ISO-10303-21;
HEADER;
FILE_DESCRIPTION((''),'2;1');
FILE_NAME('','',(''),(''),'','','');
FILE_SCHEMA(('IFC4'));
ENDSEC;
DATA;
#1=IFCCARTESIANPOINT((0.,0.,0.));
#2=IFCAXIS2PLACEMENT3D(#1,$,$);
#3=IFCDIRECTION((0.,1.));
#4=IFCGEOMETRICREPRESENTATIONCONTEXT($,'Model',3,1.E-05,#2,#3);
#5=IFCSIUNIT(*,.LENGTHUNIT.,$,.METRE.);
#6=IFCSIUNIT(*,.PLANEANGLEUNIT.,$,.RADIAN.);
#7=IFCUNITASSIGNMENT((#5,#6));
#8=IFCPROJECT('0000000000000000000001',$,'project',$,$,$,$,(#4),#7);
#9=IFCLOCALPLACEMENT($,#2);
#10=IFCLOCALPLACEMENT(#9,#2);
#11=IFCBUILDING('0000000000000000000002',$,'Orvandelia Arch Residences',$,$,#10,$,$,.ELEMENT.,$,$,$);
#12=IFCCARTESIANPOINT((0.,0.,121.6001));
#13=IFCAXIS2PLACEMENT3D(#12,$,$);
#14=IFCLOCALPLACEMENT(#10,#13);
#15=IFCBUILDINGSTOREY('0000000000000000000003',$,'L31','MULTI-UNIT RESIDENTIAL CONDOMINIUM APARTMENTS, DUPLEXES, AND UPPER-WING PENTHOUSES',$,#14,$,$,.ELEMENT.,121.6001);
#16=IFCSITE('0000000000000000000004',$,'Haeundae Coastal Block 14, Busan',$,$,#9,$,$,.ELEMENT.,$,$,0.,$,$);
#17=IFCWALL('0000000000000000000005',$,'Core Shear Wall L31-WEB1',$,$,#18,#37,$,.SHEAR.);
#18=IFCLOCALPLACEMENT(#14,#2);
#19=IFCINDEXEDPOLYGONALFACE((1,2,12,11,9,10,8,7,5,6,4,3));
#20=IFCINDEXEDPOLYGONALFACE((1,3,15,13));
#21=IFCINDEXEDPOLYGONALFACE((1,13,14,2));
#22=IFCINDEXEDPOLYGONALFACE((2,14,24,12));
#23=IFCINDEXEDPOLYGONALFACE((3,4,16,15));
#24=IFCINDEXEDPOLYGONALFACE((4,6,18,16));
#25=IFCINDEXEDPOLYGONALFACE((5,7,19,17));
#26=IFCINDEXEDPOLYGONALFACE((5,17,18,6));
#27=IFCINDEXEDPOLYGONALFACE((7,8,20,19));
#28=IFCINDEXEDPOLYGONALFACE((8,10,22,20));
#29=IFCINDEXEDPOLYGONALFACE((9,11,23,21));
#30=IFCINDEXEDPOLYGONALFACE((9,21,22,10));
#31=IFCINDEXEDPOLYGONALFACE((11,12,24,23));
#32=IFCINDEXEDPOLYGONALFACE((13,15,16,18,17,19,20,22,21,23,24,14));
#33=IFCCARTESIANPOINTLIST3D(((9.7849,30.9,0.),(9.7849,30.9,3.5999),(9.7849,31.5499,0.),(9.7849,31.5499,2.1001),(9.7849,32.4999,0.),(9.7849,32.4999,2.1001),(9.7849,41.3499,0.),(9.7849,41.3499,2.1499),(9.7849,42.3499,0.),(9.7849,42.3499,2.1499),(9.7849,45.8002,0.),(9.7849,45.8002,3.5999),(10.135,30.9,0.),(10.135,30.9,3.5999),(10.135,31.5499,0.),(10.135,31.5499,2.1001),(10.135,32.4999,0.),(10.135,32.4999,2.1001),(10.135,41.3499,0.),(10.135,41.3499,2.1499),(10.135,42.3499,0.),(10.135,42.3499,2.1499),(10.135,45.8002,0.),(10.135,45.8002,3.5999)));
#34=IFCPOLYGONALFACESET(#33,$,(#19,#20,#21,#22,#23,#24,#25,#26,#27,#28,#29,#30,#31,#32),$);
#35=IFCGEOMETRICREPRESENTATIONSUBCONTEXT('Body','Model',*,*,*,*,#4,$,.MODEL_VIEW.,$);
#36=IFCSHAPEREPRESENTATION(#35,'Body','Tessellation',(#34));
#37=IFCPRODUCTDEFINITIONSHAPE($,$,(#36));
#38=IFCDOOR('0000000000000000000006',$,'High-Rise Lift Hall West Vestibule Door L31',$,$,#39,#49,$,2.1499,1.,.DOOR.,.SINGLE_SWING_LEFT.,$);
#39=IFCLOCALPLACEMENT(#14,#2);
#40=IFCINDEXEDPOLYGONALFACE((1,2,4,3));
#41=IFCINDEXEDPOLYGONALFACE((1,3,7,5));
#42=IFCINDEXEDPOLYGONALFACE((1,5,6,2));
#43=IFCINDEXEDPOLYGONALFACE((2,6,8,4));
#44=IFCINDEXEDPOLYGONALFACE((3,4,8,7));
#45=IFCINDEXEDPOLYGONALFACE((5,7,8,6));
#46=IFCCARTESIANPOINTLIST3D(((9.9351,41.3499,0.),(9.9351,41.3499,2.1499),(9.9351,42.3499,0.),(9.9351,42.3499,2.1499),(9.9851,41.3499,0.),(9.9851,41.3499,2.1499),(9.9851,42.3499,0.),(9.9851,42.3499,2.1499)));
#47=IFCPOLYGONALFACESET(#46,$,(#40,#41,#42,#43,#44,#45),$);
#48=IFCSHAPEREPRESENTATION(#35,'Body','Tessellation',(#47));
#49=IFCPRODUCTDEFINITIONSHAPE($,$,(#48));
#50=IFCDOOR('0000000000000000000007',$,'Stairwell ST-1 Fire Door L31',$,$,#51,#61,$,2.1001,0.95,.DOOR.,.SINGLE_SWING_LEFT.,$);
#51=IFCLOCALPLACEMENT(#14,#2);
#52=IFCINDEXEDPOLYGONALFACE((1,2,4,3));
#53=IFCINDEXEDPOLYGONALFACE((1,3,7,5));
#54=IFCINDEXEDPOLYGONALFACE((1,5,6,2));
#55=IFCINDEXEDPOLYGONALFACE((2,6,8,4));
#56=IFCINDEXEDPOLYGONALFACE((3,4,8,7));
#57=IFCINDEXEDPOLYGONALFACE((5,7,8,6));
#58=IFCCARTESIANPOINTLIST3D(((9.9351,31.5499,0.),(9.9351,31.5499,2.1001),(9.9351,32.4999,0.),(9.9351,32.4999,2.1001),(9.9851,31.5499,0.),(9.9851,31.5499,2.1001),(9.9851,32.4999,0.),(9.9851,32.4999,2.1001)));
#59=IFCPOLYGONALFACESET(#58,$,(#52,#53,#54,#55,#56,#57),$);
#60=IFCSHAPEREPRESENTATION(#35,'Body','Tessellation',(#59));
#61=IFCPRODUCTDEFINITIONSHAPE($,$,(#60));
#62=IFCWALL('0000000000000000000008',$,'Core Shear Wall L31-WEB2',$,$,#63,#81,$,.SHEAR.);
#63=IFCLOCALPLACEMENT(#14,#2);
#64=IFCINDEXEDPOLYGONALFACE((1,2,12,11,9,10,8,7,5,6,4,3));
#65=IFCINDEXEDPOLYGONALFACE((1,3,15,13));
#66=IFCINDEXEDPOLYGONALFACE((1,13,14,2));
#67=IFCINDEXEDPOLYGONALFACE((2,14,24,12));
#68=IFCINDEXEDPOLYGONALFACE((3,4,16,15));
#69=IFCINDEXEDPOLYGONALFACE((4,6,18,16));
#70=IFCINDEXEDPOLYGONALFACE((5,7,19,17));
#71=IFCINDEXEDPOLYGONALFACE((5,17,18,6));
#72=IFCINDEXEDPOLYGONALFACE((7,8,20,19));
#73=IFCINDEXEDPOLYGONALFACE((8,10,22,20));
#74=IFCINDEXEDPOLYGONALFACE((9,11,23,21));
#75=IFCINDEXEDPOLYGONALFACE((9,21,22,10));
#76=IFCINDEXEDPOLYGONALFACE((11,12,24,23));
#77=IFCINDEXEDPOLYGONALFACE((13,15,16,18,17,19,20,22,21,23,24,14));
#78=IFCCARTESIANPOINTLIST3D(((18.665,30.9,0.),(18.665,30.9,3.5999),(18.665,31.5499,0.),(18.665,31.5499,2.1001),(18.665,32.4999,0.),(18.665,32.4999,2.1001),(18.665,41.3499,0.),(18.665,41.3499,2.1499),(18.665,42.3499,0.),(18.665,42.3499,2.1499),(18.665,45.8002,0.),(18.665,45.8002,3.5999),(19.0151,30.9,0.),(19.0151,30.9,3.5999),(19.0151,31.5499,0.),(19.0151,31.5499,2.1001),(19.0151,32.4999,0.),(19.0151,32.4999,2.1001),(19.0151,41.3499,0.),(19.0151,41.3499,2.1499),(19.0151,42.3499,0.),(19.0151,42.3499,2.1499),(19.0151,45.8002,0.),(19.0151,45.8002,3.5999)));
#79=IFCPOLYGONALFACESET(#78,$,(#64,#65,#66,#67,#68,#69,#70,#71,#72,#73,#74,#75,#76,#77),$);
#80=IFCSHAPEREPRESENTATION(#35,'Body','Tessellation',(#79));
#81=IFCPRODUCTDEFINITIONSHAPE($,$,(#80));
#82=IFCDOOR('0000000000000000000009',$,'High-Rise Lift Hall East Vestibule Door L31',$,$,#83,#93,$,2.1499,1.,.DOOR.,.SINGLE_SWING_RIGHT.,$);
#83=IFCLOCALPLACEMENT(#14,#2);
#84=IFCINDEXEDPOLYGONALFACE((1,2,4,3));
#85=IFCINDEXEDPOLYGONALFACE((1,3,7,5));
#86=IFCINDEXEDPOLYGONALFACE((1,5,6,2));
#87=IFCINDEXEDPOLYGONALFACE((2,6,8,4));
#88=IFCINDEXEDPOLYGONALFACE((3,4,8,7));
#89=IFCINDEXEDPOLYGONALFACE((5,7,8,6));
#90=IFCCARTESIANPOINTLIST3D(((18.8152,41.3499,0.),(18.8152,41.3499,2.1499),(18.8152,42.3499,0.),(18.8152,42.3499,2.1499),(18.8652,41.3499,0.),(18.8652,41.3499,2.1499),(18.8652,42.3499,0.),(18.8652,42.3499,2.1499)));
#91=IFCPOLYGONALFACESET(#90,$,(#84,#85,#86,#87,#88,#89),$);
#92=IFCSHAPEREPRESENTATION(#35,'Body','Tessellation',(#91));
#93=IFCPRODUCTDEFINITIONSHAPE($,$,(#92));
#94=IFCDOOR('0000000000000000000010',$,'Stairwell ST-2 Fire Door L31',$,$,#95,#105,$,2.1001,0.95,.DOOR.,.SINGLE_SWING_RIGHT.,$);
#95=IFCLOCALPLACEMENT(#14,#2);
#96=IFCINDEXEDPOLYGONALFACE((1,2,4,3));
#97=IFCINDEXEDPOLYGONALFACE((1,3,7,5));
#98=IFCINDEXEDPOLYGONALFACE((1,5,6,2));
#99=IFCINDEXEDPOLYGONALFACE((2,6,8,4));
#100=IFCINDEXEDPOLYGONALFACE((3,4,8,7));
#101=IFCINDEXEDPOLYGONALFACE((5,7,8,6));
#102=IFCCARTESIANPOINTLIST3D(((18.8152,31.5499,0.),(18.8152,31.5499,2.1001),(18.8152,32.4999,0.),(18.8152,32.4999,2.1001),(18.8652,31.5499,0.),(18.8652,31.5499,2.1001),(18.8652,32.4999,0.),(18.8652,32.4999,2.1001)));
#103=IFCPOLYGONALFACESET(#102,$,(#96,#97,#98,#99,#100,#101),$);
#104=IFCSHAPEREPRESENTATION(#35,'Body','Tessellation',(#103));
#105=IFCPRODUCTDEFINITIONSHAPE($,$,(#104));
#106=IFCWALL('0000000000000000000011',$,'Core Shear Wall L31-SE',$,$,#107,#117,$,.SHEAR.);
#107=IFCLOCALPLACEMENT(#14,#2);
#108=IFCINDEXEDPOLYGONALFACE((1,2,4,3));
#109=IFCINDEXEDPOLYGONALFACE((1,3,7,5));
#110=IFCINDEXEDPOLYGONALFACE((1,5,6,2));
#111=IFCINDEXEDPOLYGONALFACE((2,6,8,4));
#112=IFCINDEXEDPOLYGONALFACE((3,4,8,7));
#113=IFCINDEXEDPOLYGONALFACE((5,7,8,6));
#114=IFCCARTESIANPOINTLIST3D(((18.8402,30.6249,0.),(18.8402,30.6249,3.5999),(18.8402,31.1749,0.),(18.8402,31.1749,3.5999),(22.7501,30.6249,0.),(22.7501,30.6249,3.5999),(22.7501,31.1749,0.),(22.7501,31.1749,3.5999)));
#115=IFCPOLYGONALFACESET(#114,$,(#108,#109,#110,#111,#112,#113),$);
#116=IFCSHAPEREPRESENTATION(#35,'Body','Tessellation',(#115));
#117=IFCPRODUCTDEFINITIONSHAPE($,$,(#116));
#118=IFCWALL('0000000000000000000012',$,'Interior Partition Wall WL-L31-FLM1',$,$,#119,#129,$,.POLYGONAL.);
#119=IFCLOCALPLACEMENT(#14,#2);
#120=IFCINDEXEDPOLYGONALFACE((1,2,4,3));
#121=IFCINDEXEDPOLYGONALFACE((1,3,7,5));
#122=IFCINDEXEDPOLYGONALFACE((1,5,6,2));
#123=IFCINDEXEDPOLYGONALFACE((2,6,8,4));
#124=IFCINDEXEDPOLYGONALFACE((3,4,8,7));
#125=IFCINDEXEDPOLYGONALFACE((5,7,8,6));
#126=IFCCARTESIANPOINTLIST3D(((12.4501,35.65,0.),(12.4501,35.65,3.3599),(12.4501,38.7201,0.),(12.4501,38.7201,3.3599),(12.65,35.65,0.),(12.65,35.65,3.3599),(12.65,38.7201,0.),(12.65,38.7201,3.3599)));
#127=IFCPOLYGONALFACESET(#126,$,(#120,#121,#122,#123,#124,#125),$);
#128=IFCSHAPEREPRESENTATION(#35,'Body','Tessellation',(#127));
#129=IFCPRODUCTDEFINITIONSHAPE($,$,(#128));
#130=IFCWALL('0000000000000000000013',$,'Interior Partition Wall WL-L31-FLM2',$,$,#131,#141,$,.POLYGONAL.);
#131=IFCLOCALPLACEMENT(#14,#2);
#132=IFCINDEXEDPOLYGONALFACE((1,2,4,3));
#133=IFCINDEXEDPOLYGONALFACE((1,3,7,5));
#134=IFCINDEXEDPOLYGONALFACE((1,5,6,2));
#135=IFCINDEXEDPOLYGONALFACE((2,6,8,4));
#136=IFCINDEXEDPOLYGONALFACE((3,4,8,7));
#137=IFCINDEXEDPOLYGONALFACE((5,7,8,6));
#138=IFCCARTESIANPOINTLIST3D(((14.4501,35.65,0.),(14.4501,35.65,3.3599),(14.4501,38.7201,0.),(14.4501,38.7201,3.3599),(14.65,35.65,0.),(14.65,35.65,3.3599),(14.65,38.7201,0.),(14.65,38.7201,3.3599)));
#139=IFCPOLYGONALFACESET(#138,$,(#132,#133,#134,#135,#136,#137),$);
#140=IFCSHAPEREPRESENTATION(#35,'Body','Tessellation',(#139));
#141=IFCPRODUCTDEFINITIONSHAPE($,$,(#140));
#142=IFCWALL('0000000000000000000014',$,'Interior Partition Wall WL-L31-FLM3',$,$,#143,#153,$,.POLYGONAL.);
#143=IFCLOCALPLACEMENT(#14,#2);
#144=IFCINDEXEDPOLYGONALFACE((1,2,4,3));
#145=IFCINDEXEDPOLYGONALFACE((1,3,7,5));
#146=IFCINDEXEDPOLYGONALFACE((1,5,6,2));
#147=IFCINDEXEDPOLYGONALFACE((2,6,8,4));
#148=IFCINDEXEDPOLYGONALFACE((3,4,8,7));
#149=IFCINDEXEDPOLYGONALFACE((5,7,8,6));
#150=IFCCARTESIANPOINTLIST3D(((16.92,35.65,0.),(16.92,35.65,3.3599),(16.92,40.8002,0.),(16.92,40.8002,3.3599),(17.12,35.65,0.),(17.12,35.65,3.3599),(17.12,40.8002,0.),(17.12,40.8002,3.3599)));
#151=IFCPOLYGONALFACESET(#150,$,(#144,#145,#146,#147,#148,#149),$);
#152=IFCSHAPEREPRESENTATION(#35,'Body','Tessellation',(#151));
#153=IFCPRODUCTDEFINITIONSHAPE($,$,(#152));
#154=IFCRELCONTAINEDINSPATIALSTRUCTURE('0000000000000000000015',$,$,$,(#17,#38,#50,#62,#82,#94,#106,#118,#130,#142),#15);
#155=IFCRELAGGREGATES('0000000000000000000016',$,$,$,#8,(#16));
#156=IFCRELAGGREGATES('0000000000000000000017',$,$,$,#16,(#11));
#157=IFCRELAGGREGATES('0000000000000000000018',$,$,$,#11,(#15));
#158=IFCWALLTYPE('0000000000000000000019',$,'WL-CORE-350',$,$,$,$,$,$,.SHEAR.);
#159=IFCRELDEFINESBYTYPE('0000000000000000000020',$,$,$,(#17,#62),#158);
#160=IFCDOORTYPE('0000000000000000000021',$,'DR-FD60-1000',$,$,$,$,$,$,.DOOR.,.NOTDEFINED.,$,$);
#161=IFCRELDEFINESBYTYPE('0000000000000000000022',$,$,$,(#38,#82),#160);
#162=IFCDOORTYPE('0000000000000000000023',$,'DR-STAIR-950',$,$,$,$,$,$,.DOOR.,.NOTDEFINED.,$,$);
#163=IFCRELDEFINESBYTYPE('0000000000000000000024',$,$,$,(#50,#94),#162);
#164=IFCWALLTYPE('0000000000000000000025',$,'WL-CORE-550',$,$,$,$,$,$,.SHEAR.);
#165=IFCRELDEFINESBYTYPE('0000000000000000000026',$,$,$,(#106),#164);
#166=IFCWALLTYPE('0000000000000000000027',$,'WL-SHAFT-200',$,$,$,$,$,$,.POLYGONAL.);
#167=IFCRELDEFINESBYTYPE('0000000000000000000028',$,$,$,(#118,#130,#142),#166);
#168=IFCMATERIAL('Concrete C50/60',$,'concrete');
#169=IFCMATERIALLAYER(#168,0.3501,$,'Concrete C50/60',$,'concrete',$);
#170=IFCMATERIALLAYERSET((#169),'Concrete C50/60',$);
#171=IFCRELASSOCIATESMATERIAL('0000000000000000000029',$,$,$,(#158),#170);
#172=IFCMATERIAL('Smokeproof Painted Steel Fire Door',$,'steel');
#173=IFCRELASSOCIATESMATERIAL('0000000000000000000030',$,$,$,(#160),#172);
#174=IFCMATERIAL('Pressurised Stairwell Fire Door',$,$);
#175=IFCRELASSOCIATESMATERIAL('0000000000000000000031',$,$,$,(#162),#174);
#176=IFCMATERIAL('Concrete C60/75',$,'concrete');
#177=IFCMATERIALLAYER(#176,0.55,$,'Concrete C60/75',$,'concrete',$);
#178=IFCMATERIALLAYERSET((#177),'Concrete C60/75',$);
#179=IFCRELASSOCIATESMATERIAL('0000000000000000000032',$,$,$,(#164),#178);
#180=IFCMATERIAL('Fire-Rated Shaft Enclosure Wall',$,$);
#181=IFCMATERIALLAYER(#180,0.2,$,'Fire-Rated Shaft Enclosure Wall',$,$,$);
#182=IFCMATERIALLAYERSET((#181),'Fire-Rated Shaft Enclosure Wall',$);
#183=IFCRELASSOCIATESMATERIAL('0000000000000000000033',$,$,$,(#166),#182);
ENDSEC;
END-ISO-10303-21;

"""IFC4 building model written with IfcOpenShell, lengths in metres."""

from ifc_helpers import new_model, si_unit, direction, frame, frame_2d, origin, place, context, subcontext, project, spatial, rectangle, extrude, material, layer, layer_set, type_object, element, fill, save


model = new_model("IFC4")

# Units and contexts
model_context = context("Model", 3, precision=1e-05, world=origin(), true_north=direction((0.0, 1.0)))
body_context = subcontext(model_context, "Body", "Model", "MODEL_VIEW")
ifc_project = project(units=[si_unit("LENGTHUNIT", "METRE"), si_unit("PLANEANGLEUNIT", "RADIAN")], contexts=[model_context])

# Site, building, storey
site_placement = place(None, origin())
site = spatial("IfcSite", under=ifc_project, at=site_placement, Name="Haeundae Coastal Block 14, Busan", CompositionType="ELEMENT", RefElevation=0.0)
building_placement = place(site_placement, origin())
building = spatial("IfcBuilding", under=site, at=building_placement, Name="Orvandelia Arch Residences", CompositionType="ELEMENT")
storey_placement = place(building_placement, frame((0.0, 0.0, 121.6001)))
storey = spatial("IfcBuildingStorey", under=building, at=storey_placement, Name="L31", Description="MULTI-UNIT RESIDENTIAL CONDOMINIUM APARTMENTS, DUPLEXES, AND UPPER-WING PENTHOUSES", CompositionType="ELEMENT", Elevation=121.6001)

# Walls, openings, doors
ifc_material_1 = material(Name="Concrete C50/60", Category="concrete")
ifc_layer_1 = layer(ifc_material_1, 0.3501, Name="Concrete C50/60", Category="concrete")
ifc_layer_set_1 = layer_set([ifc_layer_1], Name="Concrete C50/60")
wall_type_1 = type_object("IfcWallType", Name="WL-CORE-350", PredefinedType="SHEAR", material=ifc_layer_set_1)
wall_1_placement = place(storey_placement, frame((9.96, 30.8999, 0.0), z_axis=(0.0, 0.0, 1.0), x_axis=(0.0, 1.0, 0.0)))
wall_1 = element("IfcWall", 1, at=wall_1_placement, inside=storey, type_object=wall_type_1, Name="Core Shear Wall L31-WEB1", PredefinedType="SHEAR", context=body_context, shape_type="SweptSolid", body=[
    extrude(rectangle(XDim=14.9001, YDim=0.3501, at=frame_2d((7.4502, 0.0))), origin(), (0.0, 0.0, 1.0), 3.5999),
])
opening_1_placement = place(wall_1_placement, frame((0.6499, 0.0, 0.0)))
opening_1 = element("IfcOpeningElement", 2, at=opening_1_placement, cuts=wall_1, PredefinedType="OPENING", context=body_context, shape_type="SweptSolid", body=[
    extrude(rectangle(XDim=0.95, YDim=2.1001, at=frame_2d((0.4751, 1.05))), frame((0.0, 0.1851, 0.0), z_axis=(0.0, -1.0, 0.0), x_axis=(1.0, 0.0, 0.0)), (0.0, 0.0, 1.0), 0.3701),
])
opening_2_placement = place(wall_1_placement, frame((10.45, 0.0, 0.0)))
opening_2 = element("IfcOpeningElement", 3, at=opening_2_placement, cuts=wall_1, PredefinedType="OPENING", context=body_context, shape_type="SweptSolid", body=[
    extrude(rectangle(XDim=1.0, YDim=2.1499, at=frame_2d((0.5, 1.075))), frame((0.0, 0.1851, 0.0), z_axis=(0.0, -1.0, 0.0), x_axis=(1.0, 0.0, 0.0)), (0.0, 0.0, 1.0), 0.3701),
])
ifc_material_2 = material(Name="Smokeproof Painted Steel Fire Door", Category="steel")
door_type_1 = type_object("IfcDoorType", Name="DR-FD60-1000", OperationType="NOTDEFINED", PredefinedType="DOOR", material=ifc_material_2)
door_1_placement = place(opening_2_placement, origin())
door_1 = element("IfcDoor", 4, at=door_1_placement, inside=storey, type_object=door_type_1, Name="High-Rise Lift Hall West Vestibule Door L31", OperationType="SINGLE_SWING_LEFT", OverallHeight=2.1499, OverallWidth=1.0, PredefinedType="DOOR", context=body_context, shape_type="SweptSolid", body=[
    extrude(rectangle(XDim=1.0, YDim=2.1499, at=frame_2d((0.5, 1.075))), frame((0.0, 0.0249, 0.0), z_axis=(0.0, -1.0, 0.0), x_axis=(1.0, 0.0, 0.0)), (0.0, 0.0, 1.0), 0.05),
])
fill(opening_2, door_1)
ifc_material_3 = material(Name="Pressurised Stairwell Fire Door")
door_type_2 = type_object("IfcDoorType", Name="DR-STAIR-950", OperationType="NOTDEFINED", PredefinedType="DOOR", material=ifc_material_3)
door_2_placement = place(opening_1_placement, origin())
door_2 = element("IfcDoor", 5, at=door_2_placement, inside=storey, type_object=door_type_2, Name="Stairwell ST-1 Fire Door L31", OperationType="SINGLE_SWING_LEFT", OverallHeight=2.1001, OverallWidth=0.95, PredefinedType="DOOR", context=body_context, shape_type="SweptSolid", body=[
    extrude(rectangle(XDim=0.95, YDim=2.1001, at=frame_2d((0.4751, 1.05))), frame((0.0, 0.0249, 0.0), z_axis=(0.0, -1.0, 0.0), x_axis=(1.0, 0.0, 0.0)), (0.0, 0.0, 1.0), 0.05),
])
fill(opening_1, door_2)
wall_2_placement = place(storey_placement, frame((18.8401, 30.8999, 0.0), z_axis=(0.0, 0.0, 1.0), x_axis=(0.0, 1.0, 0.0)))
wall_2 = element("IfcWall", 6, at=wall_2_placement, inside=storey, type_object=wall_type_1, Name="Core Shear Wall L31-WEB2", PredefinedType="SHEAR", context=body_context, shape_type="SweptSolid", body=[
    extrude(rectangle(XDim=14.9001, YDim=0.3501, at=frame_2d((7.4502, 0.0))), origin(), (0.0, 0.0, 1.0), 3.5999),
])
opening_3_placement = place(wall_2_placement, frame((0.6499, 0.0, 0.0)))
opening_3 = element("IfcOpeningElement", 7, at=opening_3_placement, cuts=wall_2, PredefinedType="OPENING", context=body_context, shape_type="SweptSolid", body=[
    extrude(rectangle(XDim=0.95, YDim=2.1001, at=frame_2d((0.4751, 1.05))), frame((0.0, 0.1851, 0.0), z_axis=(0.0, -1.0, 0.0), x_axis=(1.0, 0.0, 0.0)), (0.0, 0.0, 1.0), 0.3701),
])
opening_4_placement = place(wall_2_placement, frame((10.45, 0.0, 0.0)))
opening_4 = element("IfcOpeningElement", 8, at=opening_4_placement, cuts=wall_2, PredefinedType="OPENING", context=body_context, shape_type="SweptSolid", body=[
    extrude(rectangle(XDim=1.0, YDim=2.1499, at=frame_2d((0.5, 1.075))), frame((0.0, 0.1851, 0.0), z_axis=(0.0, -1.0, 0.0), x_axis=(1.0, 0.0, 0.0)), (0.0, 0.0, 1.0), 0.3701),
])
door_3_placement = place(opening_4_placement, origin())
door_3 = element("IfcDoor", 9, at=door_3_placement, inside=storey, type_object=door_type_1, Name="High-Rise Lift Hall East Vestibule Door L31", OperationType="SINGLE_SWING_RIGHT", OverallHeight=2.1499, OverallWidth=1.0, PredefinedType="DOOR", context=body_context, shape_type="SweptSolid", body=[
    extrude(rectangle(XDim=1.0, YDim=2.1499, at=frame_2d((0.5, 1.075))), frame((0.0, 0.0249, 0.0), z_axis=(0.0, -1.0, 0.0), x_axis=(1.0, 0.0, 0.0)), (0.0, 0.0, 1.0), 0.05),
])
fill(opening_4, door_3)
door_4_placement = place(opening_3_placement, origin())
door_4 = element("IfcDoor", 10, at=door_4_placement, inside=storey, type_object=door_type_2, Name="Stairwell ST-2 Fire Door L31", OperationType="SINGLE_SWING_RIGHT", OverallHeight=2.1001, OverallWidth=0.95, PredefinedType="DOOR", context=body_context, shape_type="SweptSolid", body=[
    extrude(rectangle(XDim=0.95, YDim=2.1001, at=frame_2d((0.4751, 1.05))), frame((0.0, 0.0249, 0.0), z_axis=(0.0, -1.0, 0.0), x_axis=(1.0, 0.0, 0.0)), (0.0, 0.0, 1.0), 0.05),
])
fill(opening_3, door_4)

# Shared definitions
ifc_material_4 = material(Name="Concrete C60/75", Category="concrete")
ifc_layer_2 = layer(ifc_material_4, 0.55, Name="Concrete C60/75", Category="concrete")
ifc_layer_set_2 = layer_set([ifc_layer_2], Name="Concrete C60/75")
wall_type_2 = type_object("IfcWallType", Name="WL-CORE-550", PredefinedType="SHEAR", material=ifc_layer_set_2)

# Walls
wall_3_placement = place(storey_placement, frame((18.8401, 30.8999, 0.0), z_axis=(0.0, 0.0, 1.0), x_axis=(1.0, 0.0, 0.0)))
element("IfcWall", 11, at=wall_3_placement, inside=storey, type_object=wall_type_2, Name="Core Shear Wall L31-SE", PredefinedType="SHEAR", context=body_context, shape_type="SweptSolid", body=[
    extrude(rectangle(XDim=3.9099, YDim=0.55, at=frame_2d((1.9551, 0.0))), origin(), (0.0, 0.0, 1.0), 3.5999),
])
ifc_material_5 = material(Name="Fire-Rated Shaft Enclosure Wall")
ifc_layer_3 = layer(ifc_material_5, 0.2, Name="Fire-Rated Shaft Enclosure Wall")
ifc_layer_set_3 = layer_set([ifc_layer_3], Name="Fire-Rated Shaft Enclosure Wall")
wall_type_3 = type_object("IfcWallType", Name="WL-SHAFT-200", PredefinedType="POLYGONAL", material=ifc_layer_set_3)
for number, where, z_axis, x_axis, name in (
    (12, (12.55, 35.6499, 0.0), (0.0, 0.0, 1.0), (0.0, 1.0, 0.0), "Interior Partition Wall WL-L31-FLM1"),
    (13, (14.55, 35.6499, 0.0), (0.0, 0.0, 1.0), (0.0, 1.0, 0.0), "Interior Partition Wall WL-L31-FLM2"),
):
    element("IfcWall", number, at=place(storey_placement, frame(where, z_axis=z_axis, x_axis=x_axis)), inside=storey, type_object=wall_type_3, Name=name, PredefinedType="POLYGONAL", context=body_context, shape_type="SweptSolid", body=[
        extrude(rectangle(XDim=3.0701, YDim=0.2, at=frame_2d((1.5352, 0.0))), origin(), (0.0, 0.0, 1.0), 3.3599),
    ])
wall_4_placement = place(storey_placement, frame((17.02, 35.6499, 0.0), z_axis=(0.0, 0.0, 1.0), x_axis=(0.0, 1.0, 0.0)))
element("IfcWall", 14, at=wall_4_placement, inside=storey, type_object=wall_type_3, Name="Interior Partition Wall WL-L31-FLM3", PredefinedType="POLYGONAL", context=body_context, shape_type="SweptSolid", body=[
    extrude(rectangle(XDim=5.1501, YDim=0.2, at=frame_2d((2.5752, 0.0))), origin(), (0.0, 0.0, 1.0), 3.3599),
])

save(model, "model.ifc")
